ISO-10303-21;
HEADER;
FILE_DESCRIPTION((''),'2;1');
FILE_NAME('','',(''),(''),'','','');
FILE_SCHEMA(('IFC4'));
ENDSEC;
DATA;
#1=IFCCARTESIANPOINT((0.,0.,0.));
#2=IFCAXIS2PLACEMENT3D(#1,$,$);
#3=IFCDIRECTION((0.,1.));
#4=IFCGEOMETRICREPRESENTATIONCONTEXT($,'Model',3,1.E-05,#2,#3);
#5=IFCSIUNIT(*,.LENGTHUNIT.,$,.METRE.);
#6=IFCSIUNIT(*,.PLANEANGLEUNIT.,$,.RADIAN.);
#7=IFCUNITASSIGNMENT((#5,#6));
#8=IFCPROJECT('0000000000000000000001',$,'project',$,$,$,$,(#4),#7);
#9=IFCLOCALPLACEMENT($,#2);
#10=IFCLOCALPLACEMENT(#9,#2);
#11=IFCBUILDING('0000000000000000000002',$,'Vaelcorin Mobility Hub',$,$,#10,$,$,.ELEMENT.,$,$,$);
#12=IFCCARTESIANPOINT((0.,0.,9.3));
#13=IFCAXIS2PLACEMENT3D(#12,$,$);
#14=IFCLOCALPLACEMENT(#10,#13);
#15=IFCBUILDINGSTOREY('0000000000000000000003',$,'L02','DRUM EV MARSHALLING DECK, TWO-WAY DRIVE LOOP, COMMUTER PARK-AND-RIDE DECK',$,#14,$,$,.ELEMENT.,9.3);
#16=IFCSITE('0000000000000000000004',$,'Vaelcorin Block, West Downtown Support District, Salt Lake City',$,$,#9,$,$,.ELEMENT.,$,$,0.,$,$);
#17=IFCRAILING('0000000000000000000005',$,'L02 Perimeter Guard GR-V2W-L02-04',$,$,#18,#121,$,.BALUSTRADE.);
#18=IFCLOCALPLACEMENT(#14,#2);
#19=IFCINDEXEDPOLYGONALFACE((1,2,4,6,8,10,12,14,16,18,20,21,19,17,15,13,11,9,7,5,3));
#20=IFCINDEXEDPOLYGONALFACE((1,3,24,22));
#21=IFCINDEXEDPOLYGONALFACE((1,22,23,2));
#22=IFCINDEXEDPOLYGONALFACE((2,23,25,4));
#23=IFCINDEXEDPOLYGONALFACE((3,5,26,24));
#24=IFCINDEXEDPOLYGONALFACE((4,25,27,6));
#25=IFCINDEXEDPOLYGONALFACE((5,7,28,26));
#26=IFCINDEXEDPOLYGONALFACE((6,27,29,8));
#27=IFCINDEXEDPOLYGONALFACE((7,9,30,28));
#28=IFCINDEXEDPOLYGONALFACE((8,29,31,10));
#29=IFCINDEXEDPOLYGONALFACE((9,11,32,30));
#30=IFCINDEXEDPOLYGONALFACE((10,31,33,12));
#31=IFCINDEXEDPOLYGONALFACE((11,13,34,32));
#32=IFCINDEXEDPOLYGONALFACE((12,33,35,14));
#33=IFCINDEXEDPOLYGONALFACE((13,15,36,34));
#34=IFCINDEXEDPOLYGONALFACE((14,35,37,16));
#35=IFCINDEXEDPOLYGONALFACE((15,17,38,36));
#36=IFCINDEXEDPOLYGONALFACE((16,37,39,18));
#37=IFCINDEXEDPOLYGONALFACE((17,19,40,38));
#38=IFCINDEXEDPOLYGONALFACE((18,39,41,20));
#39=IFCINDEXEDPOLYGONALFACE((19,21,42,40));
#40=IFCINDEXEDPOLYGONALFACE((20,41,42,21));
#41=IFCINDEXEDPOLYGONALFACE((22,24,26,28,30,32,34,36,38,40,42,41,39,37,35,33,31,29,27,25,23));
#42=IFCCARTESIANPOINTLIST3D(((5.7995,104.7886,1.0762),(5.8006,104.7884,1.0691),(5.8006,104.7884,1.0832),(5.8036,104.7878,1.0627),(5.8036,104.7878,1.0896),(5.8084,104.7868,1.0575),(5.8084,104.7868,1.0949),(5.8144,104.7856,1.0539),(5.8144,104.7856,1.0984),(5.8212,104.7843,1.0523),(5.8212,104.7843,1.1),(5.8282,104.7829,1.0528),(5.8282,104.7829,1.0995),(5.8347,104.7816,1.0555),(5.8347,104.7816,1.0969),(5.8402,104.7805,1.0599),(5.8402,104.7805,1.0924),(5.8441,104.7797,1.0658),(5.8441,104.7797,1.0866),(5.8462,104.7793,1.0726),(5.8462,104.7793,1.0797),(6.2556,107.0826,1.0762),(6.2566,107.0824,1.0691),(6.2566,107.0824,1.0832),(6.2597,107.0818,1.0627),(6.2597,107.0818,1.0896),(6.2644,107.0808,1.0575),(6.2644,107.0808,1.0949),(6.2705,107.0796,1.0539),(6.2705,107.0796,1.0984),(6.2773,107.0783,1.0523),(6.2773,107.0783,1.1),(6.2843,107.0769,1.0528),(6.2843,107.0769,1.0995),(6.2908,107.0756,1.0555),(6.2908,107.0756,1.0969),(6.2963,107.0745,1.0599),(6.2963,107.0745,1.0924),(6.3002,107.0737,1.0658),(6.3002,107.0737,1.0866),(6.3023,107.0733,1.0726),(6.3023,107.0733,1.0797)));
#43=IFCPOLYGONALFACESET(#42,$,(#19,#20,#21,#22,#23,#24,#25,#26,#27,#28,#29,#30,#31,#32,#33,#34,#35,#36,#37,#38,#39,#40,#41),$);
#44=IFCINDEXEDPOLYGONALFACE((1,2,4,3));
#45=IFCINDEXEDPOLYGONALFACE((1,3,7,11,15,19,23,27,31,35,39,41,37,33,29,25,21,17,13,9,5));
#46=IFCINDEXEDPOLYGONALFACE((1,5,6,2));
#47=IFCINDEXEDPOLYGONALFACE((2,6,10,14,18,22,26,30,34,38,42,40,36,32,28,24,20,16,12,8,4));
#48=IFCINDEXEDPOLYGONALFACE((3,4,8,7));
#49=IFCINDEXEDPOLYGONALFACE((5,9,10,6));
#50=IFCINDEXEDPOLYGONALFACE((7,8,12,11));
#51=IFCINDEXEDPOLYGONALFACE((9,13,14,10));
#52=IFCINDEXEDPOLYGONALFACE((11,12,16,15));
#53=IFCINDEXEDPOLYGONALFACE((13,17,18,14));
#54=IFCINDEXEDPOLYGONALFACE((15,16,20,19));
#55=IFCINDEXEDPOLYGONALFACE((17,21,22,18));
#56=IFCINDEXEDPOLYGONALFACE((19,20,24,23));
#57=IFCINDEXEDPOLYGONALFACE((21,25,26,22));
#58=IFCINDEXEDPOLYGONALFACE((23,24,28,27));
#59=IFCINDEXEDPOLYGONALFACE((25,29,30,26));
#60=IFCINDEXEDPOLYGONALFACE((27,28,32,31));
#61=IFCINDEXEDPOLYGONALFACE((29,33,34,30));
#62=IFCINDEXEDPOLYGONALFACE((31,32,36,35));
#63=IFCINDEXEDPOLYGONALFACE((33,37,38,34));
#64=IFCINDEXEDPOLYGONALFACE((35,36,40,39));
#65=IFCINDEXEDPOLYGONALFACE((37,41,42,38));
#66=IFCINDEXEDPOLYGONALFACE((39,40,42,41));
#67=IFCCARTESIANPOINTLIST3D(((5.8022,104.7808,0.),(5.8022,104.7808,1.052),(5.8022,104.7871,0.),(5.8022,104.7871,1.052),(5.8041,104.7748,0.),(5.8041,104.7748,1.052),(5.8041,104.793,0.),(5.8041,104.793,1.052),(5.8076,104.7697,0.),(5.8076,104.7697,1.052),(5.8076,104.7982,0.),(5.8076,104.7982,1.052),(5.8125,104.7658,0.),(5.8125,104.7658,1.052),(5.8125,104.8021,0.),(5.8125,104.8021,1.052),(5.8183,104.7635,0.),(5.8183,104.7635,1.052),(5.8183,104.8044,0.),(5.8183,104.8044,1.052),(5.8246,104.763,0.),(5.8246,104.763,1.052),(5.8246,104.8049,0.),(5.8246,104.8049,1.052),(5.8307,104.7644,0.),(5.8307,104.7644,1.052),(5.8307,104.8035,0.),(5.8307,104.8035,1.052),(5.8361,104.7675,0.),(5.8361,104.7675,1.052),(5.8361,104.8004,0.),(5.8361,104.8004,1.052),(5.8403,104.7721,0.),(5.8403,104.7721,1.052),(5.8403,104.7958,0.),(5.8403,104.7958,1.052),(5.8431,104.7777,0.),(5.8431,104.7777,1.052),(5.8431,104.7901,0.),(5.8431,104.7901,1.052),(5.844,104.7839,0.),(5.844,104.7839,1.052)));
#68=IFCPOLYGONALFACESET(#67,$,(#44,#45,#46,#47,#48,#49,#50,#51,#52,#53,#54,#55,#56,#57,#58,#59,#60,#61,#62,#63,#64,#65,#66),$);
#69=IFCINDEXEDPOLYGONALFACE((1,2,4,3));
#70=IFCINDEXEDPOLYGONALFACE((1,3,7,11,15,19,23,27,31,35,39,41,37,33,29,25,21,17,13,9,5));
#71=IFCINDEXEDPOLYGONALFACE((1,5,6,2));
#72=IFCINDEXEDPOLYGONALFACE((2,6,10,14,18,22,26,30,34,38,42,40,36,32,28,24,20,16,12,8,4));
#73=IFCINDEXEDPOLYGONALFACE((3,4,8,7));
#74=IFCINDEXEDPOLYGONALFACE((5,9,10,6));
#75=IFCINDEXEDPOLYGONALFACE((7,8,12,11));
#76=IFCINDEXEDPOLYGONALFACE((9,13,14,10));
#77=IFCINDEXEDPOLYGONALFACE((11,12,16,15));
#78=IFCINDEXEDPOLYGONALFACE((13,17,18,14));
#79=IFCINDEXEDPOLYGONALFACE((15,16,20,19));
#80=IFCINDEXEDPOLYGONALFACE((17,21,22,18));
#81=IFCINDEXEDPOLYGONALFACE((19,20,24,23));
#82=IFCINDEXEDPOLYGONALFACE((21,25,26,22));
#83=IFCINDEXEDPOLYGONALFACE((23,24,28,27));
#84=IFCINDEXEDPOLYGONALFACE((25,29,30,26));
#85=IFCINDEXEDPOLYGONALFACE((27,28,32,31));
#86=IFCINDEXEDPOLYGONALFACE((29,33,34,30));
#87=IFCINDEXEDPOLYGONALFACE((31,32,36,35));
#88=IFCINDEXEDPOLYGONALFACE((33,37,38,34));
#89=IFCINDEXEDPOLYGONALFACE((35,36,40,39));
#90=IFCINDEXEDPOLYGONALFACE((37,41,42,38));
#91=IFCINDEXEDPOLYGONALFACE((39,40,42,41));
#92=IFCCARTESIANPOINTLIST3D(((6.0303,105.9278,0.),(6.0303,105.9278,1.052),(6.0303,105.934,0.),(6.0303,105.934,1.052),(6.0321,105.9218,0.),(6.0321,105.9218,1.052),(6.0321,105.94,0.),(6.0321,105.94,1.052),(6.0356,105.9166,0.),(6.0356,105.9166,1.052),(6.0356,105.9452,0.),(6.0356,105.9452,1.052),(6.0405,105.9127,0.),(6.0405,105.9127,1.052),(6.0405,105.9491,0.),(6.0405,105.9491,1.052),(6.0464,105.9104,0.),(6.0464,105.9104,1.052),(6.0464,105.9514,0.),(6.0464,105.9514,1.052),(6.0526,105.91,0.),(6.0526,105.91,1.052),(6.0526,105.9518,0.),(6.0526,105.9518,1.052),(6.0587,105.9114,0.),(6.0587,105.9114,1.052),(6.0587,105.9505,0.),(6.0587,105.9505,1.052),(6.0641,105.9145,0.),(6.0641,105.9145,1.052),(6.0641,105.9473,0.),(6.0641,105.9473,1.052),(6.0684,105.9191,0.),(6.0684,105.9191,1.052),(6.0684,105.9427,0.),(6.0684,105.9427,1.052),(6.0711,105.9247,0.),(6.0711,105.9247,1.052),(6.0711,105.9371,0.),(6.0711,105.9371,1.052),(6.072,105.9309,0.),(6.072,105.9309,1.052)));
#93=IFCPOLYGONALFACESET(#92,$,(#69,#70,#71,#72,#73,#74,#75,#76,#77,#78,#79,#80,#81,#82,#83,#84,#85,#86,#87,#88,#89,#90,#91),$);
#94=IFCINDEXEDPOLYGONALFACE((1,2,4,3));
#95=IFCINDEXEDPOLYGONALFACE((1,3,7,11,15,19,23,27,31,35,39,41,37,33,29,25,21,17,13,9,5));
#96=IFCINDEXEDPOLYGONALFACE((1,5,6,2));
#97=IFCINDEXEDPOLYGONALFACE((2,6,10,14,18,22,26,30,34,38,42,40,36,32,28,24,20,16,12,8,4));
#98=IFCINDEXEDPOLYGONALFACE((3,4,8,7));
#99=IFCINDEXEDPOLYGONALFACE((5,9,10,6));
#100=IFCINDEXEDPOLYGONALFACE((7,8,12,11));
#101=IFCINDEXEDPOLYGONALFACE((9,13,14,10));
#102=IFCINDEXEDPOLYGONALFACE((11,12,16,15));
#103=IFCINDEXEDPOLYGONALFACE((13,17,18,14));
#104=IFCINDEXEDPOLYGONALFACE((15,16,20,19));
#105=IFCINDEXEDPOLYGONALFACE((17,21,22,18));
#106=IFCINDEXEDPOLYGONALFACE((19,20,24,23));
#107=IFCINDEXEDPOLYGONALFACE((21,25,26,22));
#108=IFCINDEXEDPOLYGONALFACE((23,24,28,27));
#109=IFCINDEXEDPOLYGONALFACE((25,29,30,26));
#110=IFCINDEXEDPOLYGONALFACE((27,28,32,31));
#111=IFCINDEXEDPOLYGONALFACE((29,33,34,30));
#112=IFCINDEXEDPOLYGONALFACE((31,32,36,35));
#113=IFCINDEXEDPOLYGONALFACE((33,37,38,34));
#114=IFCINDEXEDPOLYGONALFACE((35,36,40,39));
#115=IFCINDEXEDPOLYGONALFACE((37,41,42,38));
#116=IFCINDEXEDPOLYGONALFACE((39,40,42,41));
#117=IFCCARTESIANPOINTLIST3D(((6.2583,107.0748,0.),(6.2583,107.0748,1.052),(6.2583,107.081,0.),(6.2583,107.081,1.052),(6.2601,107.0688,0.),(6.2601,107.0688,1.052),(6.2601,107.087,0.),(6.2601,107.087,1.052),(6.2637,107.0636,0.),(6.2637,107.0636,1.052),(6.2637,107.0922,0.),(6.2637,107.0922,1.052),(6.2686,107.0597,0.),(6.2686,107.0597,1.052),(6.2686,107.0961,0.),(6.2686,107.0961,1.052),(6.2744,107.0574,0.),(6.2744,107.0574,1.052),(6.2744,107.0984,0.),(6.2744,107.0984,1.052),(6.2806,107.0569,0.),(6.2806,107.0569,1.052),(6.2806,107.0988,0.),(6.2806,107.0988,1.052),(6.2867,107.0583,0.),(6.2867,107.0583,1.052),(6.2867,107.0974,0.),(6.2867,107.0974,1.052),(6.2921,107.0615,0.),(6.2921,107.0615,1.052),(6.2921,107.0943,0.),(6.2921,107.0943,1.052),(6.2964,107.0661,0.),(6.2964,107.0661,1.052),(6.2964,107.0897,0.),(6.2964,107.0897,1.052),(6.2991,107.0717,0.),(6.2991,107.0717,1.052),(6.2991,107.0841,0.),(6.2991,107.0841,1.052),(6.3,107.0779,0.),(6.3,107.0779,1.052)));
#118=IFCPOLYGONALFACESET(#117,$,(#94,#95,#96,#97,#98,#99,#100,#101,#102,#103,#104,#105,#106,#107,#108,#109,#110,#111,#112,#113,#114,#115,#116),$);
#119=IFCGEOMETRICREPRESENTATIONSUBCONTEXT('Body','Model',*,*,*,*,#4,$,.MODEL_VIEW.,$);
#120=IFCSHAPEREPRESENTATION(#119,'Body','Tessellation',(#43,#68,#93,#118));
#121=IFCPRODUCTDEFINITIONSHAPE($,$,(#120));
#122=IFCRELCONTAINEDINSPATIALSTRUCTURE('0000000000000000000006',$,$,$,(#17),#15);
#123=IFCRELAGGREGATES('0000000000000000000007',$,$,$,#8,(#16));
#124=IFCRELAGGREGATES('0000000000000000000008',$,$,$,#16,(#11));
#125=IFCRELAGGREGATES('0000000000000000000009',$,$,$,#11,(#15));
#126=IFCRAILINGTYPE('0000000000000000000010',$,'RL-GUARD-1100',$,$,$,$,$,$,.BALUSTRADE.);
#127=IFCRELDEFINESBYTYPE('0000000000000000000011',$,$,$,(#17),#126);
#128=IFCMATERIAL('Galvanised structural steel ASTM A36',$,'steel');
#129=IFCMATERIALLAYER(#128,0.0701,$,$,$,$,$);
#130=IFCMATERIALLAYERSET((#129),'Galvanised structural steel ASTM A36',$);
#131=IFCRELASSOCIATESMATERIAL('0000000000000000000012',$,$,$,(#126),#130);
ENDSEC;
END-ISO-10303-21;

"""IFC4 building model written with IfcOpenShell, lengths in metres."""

from ifc_helpers import new_model, si_unit, direction, frame, origin, origin_2d, place, context, subcontext, project, spatial, circle, extrude, material, layer, layer_set, type_object, element, save


model = new_model("IFC4")

# Units and contexts
model_context = context("Model", 3, precision=1e-05, world=origin(), true_north=direction((0.0, 1.0)))
body_context = subcontext(model_context, "Body", "Model", "MODEL_VIEW")
ifc_project = project(units=[si_unit("LENGTHUNIT", "METRE"), si_unit("PLANEANGLEUNIT", "RADIAN")], contexts=[model_context])

# Site, building, storey
site_placement = place(None, origin())
site = spatial("IfcSite", under=ifc_project, at=site_placement, Name="Vaelcorin Block, West Downtown Support District, Salt Lake City", CompositionType="ELEMENT", RefElevation=0.0)
building_placement = place(site_placement, origin())
building = spatial("IfcBuilding", under=site, at=building_placement, Name="Vaelcorin Mobility Hub", CompositionType="ELEMENT")
storey_placement = place(building_placement, frame((0.0, 0.0, 9.3)))
storey = spatial("IfcBuildingStorey", under=building, at=storey_placement, Name="L02", Description="DRUM EV MARSHALLING DECK, TWO-WAY DRIVE LOOP, COMMUTER PARK-AND-RIDE DECK", CompositionType="ELEMENT", Elevation=9.3)

# Railing
ifc_material_1 = material(Name="Galvanised structural steel ASTM A36", Category="steel")
ifc_layer_1 = layer(ifc_material_1, 0.0701)
ifc_layer_set_1 = layer_set([ifc_layer_1], Name="Galvanised structural steel ASTM A36")
railing_type = type_object("IfcRailingType", Name="RL-GUARD-1100", PredefinedType="BALUSTRADE", material=ifc_layer_set_1)
railing_1_placement = place(storey_placement, frame((5.823, 104.7839, 0.0)))
element("IfcRailing", 1, at=railing_1_placement, inside=storey, type_object=railing_type, Name="L02 Perimeter Guard GR-V2W-L02-04", PredefinedType="BALUSTRADE", context=body_context, shape_type="SweptSolid", body=[
    extrude(circle(Radius=0.0239, at=origin_2d()), frame((0.0, 0.0, 1.0762), z_axis=(0.194992, 0.980805, 0.0), x_axis=(-0.980805, 0.194992, 0.0)), (0.0, 0.0, 1.0), 2.3389),
    extrude(circle(Radius=0.021, at=origin_2d()), origin(), (0.0, 0.0, 1.0), 1.052),
    extrude(circle(Radius=0.021, at=origin_2d()), frame((0.228, 1.147, 0.0)), (0.0, 0.0, 1.0), 1.052),
    extrude(circle(Radius=0.021, at=origin_2d()), frame((0.4561, 2.2939, 0.0)), (0.0, 0.0, 1.0), 1.052),
])

save(model, "model.ifc")
